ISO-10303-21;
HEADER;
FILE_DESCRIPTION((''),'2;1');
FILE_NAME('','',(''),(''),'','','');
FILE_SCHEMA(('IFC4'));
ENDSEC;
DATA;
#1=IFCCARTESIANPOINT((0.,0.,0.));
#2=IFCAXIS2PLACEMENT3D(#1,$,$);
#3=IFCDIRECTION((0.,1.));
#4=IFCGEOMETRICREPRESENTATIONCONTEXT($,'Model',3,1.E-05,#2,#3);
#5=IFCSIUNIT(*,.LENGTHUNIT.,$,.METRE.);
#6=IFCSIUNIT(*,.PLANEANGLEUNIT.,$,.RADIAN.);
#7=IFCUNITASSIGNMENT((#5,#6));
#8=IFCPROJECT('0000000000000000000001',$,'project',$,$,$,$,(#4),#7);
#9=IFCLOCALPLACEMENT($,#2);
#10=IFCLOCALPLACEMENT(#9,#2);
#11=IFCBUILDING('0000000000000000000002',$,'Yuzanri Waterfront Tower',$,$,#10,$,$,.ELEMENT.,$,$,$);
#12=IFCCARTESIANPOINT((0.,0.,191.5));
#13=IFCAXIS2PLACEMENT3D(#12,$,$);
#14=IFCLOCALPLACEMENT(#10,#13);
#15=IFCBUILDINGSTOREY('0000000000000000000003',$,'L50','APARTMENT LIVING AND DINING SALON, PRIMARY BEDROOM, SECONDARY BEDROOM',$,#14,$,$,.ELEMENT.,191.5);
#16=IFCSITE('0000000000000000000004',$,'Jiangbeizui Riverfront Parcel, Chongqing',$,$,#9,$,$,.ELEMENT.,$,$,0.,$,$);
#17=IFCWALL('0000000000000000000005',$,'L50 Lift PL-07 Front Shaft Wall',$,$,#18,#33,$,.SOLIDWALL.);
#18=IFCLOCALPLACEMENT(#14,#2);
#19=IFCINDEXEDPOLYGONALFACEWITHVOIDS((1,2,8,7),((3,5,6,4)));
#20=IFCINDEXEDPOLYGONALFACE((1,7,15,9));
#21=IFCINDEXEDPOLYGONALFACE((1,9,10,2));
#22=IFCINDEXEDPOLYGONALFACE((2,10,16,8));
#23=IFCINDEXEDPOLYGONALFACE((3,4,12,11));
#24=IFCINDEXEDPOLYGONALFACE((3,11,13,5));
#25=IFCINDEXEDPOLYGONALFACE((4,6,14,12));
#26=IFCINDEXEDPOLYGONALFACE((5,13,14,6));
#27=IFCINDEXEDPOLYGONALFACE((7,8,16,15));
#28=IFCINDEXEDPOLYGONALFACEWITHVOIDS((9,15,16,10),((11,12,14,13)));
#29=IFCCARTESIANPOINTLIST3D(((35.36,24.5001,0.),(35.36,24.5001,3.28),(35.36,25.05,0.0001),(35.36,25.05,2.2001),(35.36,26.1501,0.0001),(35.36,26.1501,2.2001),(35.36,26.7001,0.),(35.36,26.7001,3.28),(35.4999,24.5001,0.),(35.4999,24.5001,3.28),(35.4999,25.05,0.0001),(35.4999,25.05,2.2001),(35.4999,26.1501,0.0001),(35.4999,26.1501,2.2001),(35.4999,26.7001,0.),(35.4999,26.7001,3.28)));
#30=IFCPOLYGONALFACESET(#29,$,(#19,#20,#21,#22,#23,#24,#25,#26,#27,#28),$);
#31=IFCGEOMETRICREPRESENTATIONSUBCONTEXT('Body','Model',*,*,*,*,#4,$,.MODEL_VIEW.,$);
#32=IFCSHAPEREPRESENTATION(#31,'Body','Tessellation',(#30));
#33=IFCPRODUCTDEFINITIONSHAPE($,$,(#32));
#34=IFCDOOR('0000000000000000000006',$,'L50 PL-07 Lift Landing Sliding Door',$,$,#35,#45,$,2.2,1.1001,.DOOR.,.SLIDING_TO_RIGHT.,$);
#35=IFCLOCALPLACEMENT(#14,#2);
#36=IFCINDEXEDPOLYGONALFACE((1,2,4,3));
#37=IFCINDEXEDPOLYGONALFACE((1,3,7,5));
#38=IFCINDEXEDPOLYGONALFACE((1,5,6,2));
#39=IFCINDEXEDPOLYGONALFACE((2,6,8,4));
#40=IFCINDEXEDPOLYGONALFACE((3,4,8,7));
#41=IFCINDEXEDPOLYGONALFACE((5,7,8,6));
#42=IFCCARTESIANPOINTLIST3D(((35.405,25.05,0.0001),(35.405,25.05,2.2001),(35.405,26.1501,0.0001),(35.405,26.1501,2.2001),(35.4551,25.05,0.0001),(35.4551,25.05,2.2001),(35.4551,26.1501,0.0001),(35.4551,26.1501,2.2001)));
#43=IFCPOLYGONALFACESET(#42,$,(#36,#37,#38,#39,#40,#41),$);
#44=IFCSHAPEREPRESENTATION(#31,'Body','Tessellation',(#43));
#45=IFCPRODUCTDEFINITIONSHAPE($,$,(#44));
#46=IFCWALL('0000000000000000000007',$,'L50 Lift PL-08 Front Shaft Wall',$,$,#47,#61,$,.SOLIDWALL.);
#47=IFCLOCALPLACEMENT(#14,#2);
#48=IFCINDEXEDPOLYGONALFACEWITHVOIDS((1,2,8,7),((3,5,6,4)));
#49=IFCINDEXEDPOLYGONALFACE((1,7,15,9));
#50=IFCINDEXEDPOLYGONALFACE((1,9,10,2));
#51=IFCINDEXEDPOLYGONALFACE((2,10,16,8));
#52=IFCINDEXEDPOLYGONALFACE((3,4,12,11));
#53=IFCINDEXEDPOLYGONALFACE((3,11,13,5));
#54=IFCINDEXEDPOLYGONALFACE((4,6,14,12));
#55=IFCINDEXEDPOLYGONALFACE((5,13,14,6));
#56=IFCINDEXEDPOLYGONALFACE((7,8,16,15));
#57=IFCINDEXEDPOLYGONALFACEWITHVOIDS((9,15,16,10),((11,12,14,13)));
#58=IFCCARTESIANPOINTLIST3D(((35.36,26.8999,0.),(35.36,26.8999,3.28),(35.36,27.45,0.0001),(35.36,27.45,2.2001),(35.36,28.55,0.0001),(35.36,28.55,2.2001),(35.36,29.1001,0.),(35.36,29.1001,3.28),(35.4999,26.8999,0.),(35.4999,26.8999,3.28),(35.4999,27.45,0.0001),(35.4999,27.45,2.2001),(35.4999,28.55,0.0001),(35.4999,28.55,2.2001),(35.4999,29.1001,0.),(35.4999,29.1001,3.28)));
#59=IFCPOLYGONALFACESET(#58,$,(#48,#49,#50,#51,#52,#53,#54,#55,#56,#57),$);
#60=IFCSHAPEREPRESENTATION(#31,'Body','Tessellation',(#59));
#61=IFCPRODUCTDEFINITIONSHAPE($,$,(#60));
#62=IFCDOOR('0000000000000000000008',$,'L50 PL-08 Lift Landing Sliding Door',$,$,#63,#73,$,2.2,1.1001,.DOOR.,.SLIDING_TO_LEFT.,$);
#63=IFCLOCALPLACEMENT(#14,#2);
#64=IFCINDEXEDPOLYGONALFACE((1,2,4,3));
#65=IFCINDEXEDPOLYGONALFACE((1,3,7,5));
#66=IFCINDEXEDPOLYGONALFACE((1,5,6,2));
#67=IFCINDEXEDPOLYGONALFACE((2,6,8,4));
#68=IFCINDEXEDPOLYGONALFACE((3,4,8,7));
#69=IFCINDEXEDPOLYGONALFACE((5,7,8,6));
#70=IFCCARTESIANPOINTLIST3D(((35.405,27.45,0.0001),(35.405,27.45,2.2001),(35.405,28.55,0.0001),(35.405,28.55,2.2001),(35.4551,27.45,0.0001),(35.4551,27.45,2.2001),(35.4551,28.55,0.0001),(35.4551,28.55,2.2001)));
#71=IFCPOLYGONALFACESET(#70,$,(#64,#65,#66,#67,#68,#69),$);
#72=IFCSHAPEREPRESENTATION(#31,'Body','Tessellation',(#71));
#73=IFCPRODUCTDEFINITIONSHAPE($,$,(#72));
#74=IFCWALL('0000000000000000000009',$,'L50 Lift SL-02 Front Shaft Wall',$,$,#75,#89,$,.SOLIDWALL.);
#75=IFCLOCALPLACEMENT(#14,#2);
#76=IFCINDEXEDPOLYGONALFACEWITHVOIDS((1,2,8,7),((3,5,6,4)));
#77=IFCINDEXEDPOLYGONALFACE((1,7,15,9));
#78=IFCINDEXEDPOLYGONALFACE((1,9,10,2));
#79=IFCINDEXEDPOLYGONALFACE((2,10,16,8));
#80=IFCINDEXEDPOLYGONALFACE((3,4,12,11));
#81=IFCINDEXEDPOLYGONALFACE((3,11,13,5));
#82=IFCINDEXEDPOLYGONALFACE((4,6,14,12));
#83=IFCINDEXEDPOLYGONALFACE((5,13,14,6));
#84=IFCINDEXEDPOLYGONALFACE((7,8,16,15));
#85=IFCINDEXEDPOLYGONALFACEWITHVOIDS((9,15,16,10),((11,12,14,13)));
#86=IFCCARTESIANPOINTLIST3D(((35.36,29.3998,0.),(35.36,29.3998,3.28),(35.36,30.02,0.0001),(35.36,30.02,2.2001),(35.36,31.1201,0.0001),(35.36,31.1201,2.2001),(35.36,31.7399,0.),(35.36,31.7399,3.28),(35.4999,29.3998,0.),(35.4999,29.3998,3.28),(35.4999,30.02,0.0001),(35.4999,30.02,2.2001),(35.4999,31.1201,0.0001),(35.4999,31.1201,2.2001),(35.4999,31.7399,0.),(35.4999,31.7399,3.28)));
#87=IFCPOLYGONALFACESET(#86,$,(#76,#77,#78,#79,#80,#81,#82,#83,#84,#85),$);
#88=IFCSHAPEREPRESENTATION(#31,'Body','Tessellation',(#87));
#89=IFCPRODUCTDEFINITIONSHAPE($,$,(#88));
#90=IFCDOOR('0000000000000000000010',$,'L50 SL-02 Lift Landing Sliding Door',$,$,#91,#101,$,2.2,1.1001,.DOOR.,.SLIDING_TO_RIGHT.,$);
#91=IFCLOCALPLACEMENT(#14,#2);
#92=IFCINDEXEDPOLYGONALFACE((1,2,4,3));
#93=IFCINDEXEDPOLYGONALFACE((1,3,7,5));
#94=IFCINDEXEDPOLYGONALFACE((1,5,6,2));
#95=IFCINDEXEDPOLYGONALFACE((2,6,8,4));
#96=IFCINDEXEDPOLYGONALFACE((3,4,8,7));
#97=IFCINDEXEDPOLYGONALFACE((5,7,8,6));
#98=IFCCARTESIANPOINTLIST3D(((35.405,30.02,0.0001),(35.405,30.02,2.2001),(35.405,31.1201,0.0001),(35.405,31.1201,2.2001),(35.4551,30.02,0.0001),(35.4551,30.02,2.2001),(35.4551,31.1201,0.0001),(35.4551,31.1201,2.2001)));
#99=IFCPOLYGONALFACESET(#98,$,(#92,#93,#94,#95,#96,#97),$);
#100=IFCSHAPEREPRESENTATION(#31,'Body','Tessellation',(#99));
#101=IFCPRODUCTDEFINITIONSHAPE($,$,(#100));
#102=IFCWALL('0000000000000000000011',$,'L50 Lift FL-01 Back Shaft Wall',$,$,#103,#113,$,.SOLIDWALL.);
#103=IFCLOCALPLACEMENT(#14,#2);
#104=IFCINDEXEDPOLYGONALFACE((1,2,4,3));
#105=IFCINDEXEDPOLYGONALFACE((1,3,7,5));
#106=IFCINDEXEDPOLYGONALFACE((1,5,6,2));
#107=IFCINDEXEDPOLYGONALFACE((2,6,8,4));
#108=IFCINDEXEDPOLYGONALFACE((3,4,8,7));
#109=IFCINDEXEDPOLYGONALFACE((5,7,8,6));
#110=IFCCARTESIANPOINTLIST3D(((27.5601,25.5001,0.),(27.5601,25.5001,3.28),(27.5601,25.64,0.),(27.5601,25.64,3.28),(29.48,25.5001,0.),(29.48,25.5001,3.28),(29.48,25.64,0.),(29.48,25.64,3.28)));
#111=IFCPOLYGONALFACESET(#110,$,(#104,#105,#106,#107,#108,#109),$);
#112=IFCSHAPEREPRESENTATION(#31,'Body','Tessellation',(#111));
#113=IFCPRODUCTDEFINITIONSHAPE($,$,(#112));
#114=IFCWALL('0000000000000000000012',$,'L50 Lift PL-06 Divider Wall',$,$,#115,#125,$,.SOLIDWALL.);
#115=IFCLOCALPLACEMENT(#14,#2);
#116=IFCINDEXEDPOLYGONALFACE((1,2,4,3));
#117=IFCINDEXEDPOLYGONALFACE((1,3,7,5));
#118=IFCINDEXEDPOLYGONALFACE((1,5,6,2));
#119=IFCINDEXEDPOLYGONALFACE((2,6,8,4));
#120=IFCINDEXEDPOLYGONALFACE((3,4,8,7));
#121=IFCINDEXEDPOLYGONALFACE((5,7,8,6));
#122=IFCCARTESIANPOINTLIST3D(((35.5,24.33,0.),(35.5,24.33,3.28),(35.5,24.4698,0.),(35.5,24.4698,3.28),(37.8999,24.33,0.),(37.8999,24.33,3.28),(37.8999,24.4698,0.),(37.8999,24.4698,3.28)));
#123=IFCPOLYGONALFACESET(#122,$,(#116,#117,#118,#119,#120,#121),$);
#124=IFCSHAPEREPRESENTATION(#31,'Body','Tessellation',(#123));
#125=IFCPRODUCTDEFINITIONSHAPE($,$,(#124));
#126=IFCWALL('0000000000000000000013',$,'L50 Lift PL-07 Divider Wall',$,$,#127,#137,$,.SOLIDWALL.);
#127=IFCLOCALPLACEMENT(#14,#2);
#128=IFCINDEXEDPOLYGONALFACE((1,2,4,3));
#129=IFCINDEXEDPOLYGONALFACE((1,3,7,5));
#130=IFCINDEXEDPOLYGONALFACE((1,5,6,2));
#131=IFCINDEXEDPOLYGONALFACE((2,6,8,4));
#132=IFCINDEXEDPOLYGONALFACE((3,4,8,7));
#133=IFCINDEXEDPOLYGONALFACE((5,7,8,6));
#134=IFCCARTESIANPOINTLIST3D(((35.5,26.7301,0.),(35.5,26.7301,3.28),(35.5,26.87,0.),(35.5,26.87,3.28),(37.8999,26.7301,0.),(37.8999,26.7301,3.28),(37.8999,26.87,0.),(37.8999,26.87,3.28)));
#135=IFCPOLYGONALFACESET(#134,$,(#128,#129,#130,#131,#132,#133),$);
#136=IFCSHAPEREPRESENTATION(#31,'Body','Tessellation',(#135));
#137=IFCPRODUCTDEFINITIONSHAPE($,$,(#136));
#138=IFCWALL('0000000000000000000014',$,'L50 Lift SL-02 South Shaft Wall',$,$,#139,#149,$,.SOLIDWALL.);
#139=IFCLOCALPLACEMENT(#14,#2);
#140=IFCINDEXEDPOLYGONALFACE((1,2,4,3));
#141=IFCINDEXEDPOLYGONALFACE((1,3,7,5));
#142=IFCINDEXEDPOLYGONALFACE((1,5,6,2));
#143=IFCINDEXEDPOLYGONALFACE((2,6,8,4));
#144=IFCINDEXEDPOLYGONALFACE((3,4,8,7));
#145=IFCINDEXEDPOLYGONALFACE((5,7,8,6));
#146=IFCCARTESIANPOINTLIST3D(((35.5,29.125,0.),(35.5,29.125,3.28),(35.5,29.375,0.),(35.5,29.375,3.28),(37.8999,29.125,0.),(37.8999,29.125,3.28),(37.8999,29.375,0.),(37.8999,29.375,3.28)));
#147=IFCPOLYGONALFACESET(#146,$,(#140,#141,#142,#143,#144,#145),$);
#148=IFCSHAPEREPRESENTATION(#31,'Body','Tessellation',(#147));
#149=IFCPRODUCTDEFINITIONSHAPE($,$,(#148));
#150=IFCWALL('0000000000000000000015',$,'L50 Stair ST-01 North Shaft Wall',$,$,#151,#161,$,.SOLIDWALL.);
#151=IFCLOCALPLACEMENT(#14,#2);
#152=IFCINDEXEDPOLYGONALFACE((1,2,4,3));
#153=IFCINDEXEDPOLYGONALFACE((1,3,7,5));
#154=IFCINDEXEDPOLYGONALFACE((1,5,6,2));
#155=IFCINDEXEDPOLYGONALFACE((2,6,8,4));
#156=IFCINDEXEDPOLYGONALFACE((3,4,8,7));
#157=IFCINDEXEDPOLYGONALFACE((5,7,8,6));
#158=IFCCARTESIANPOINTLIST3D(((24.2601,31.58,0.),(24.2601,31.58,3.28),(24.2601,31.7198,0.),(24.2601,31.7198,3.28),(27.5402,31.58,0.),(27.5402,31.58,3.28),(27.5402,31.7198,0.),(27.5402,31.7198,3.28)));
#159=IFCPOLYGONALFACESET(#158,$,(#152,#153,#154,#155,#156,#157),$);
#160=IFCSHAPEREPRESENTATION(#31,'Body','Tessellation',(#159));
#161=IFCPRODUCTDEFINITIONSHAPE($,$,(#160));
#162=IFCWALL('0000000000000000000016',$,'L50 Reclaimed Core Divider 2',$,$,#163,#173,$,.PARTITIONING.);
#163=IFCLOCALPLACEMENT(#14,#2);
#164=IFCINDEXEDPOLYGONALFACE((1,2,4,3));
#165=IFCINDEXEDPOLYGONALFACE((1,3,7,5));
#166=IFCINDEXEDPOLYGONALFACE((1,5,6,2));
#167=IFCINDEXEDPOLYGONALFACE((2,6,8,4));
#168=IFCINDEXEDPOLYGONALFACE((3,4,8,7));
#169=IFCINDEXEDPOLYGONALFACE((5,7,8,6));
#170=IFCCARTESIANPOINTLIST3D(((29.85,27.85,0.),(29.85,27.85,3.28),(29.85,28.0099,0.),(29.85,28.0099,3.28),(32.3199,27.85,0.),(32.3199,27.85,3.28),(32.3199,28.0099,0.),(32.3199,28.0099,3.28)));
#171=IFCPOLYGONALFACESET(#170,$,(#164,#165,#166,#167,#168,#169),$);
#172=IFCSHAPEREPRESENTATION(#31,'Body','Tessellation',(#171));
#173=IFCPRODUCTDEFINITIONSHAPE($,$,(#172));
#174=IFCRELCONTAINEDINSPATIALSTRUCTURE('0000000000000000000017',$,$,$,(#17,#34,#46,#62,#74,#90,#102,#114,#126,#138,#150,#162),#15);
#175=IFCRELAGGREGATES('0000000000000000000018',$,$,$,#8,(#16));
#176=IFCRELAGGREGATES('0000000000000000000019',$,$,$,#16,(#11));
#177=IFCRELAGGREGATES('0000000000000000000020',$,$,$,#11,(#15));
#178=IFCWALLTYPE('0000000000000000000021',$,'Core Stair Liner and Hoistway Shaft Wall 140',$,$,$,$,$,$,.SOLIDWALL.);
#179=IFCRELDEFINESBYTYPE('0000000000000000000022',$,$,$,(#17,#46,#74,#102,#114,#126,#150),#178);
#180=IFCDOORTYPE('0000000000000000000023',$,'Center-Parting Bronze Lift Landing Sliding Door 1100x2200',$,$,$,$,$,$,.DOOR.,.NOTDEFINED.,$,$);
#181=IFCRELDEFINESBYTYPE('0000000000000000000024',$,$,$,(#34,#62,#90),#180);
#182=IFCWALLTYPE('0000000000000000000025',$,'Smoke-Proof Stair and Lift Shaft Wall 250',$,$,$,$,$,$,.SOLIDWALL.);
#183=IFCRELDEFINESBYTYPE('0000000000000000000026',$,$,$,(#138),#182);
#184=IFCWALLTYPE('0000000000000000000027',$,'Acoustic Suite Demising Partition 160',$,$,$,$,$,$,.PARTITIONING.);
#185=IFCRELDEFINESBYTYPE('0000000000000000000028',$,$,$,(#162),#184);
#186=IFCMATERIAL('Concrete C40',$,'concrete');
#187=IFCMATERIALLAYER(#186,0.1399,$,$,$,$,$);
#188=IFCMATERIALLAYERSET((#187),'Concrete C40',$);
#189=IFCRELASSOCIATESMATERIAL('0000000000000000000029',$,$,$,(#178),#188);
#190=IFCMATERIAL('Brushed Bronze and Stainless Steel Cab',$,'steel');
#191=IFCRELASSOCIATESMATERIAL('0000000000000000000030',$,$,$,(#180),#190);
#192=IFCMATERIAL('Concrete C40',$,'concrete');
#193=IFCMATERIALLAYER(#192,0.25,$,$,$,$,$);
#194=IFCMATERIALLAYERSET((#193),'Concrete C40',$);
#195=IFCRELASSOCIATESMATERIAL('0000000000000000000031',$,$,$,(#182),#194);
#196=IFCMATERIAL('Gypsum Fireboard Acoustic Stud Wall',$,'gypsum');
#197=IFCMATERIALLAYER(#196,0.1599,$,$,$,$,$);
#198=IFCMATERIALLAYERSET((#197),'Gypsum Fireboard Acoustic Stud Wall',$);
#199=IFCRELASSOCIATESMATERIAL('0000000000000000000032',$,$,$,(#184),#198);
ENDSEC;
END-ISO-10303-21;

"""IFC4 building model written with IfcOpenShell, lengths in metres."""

from ifc_helpers import new_model, si_unit, direction, frame, frame_2d, origin, place, context, subcontext, project, spatial, rectangle, extrude, source, transform, mapped, material, layer, layer_set, type_object, element, fill, save


model = new_model("IFC4")

# Units and contexts
model_context = context("Model", 3, precision=1e-05, world=origin(), true_north=direction((0.0, 1.0)))
body_context = subcontext(model_context, "Body", "Model", "MODEL_VIEW")
ifc_project = project(units=[si_unit("LENGTHUNIT", "METRE"), si_unit("PLANEANGLEUNIT", "RADIAN")], contexts=[model_context])

# Site, building, storey
site_placement = place(None, origin())
site = spatial("IfcSite", under=ifc_project, at=site_placement, Name="Jiangbeizui Riverfront Parcel, Chongqing", CompositionType="ELEMENT", RefElevation=0.0)
building_placement = place(site_placement, origin())
building = spatial("IfcBuilding", under=site, at=building_placement, Name="Yuzanri Waterfront Tower", CompositionType="ELEMENT")
storey_placement = place(building_placement, frame((0.0, 0.0, 191.5)))
storey = spatial("IfcBuildingStorey", under=building, at=storey_placement, Name="L50", Description="APARTMENT LIVING AND DINING SALON, PRIMARY BEDROOM, SECONDARY BEDROOM", CompositionType="ELEMENT", Elevation=191.5)

# Walls, openings, doors
ifc_material_1 = material(Name="Concrete C40", Category="concrete")
ifc_layer_1 = layer(ifc_material_1, 0.1399)
ifc_layer_set_1 = layer_set([ifc_layer_1], Name="Concrete C40")
wall_type_1 = type_object("IfcWallType", Name="Core Stair Liner and Hoistway Shaft Wall 140", PredefinedType="SOLIDWALL", material=ifc_layer_set_1)
wall_1_placement = place(storey_placement, frame((35.4299, 24.5, 0.0), z_axis=(0.0, 0.0, 1.0), x_axis=(0.0, 1.0, 0.0)))
wall_1 = element("IfcWall", 1, at=wall_1_placement, inside=storey, type_object=wall_type_1, Name="L50 Lift PL-07 Front Shaft Wall", PredefinedType="SOLIDWALL", context=body_context, shape_type="SweptSolid", body=[
    extrude(rectangle(XDim=2.2, YDim=0.1399, at=frame_2d((1.1001, 0.0))), origin(), (0.0, 0.0, 1.0), 3.28),
])
opening_1_placement = place(wall_1_placement, frame((0.55, 0.0, 0.0)))
opening_1 = element("IfcOpeningElement", 2, at=opening_1_placement, cuts=wall_1, PredefinedType="OPENING", context=body_context, shape_type="SweptSolid", body=[
    extrude(rectangle(XDim=1.1001, YDim=2.2, at=frame_2d((0.55, 1.1001))), frame((0.0, 0.085, 0.0), z_axis=(0.0, -1.0, 0.0), x_axis=(1.0, 0.0, 0.0)), (0.0, 0.0, 1.0), 0.1697),
])
ifc_material_2 = material(Name="Brushed Bronze and Stainless Steel Cab", Category="steel")
door_type_1 = type_object("IfcDoorType", Name="Center-Parting Bronze Lift Landing Sliding Door 1100x2200", OperationType="NOTDEFINED", PredefinedType="DOOR", material=ifc_material_2)
shared_shape_1 = source(origin(), body_context, "Body", "SweptSolid", [
    extrude(rectangle(XDim=1.1001, YDim=2.2, at=frame_2d((0.55, 1.1001))), frame((0.0, 0.0249, 0.0), z_axis=(0.0, -1.0, 0.0), x_axis=(1.0, 0.0, 0.0)), (0.0, 0.0, 1.0), 0.05),
])
door_1_placement = place(opening_1_placement, origin())
door_1 = element("IfcDoor", 3, at=door_1_placement, inside=storey, type_object=door_type_1, Name="L50 PL-07 Lift Landing Sliding Door", OperationType="SLIDING_TO_RIGHT", OverallHeight=2.2, OverallWidth=1.1001, PredefinedType="DOOR", context=body_context, shape_type="MappedRepresentation", body=[
    mapped(shared_shape_1, transform((0.0, 0.0, 0.0), scale=1.0)),
])
fill(opening_1, door_1)
wall_2_placement = place(storey_placement, frame((35.4299, 26.8999, 0.0), z_axis=(0.0, 0.0, 1.0), x_axis=(0.0, 1.0, 0.0)))
wall_2 = element("IfcWall", 4, at=wall_2_placement, inside=storey, type_object=wall_type_1, Name="L50 Lift PL-08 Front Shaft Wall", PredefinedType="SOLIDWALL", context=body_context, shape_type="SweptSolid", body=[
    extrude(rectangle(XDim=2.2002, YDim=0.1399, at=frame_2d((1.1001, 0.0))), origin(), (0.0, 0.0, 1.0), 3.28),
])
opening_2_placement = place(wall_2_placement, frame((0.55, 0.0, 0.0)))
opening_2 = element("IfcOpeningElement", 5, at=opening_2_placement, cuts=wall_2, PredefinedType="OPENING", context=body_context, shape_type="SweptSolid", body=[
    extrude(rectangle(XDim=1.1001, YDim=2.2, at=frame_2d((0.55, 1.1001))), frame((0.0, 0.085, 0.0), z_axis=(0.0, -1.0, 0.0), x_axis=(1.0, 0.0, 0.0)), (0.0, 0.0, 1.0), 0.1697),
])
door_2_placement = place(opening_2_placement, origin())
door_2 = element("IfcDoor", 6, at=door_2_placement, inside=storey, type_object=door_type_1, Name="L50 PL-08 Lift Landing Sliding Door", OperationType="SLIDING_TO_LEFT", OverallHeight=2.2, OverallWidth=1.1001, PredefinedType="DOOR", context=body_context, shape_type="MappedRepresentation", body=[
    mapped(shared_shape_1, transform((0.0, 0.0, 0.0), scale=1.0)),
])
fill(opening_2, door_2)
wall_3_placement = place(storey_placement, frame((35.4299, 29.3999, 0.0), z_axis=(0.0, 0.0, 1.0), x_axis=(0.0, 1.0, 0.0)))
wall_3 = element("IfcWall", 7, at=wall_3_placement, inside=storey, type_object=wall_type_1, Name="L50 Lift SL-02 Front Shaft Wall", PredefinedType="SOLIDWALL", context=body_context, shape_type="SweptSolid", body=[
    extrude(rectangle(XDim=2.3401, YDim=0.1399, at=frame_2d((1.1699, 0.0))), origin(), (0.0, 0.0, 1.0), 3.28),
])
opening_3_placement = place(wall_3_placement, frame((0.6201, 0.0, 0.0)))
opening_3 = element("IfcOpeningElement", 8, at=opening_3_placement, cuts=wall_3, PredefinedType="OPENING", context=body_context, shape_type="SweptSolid", body=[
    extrude(rectangle(XDim=1.1001, YDim=2.2, at=frame_2d((0.55, 1.1001))), frame((0.0, 0.085, 0.0), z_axis=(0.0, -1.0, 0.0), x_axis=(1.0, 0.0, 0.0)), (0.0, 0.0, 1.0), 0.1697),
])
door_3_placement = place(opening_3_placement, origin())
door_3 = element("IfcDoor", 9, at=door_3_placement, inside=storey, type_object=door_type_1, Name="L50 SL-02 Lift Landing Sliding Door", OperationType="SLIDING_TO_RIGHT", OverallHeight=2.2, OverallWidth=1.1001, PredefinedType="DOOR", context=body_context, shape_type="MappedRepresentation", body=[
    mapped(shared_shape_1, transform((0.0, 0.0, 0.0), scale=1.0)),
])
fill(opening_3, door_3)

# Walls
shared_shape_2 = source(origin(), body_context, "Body", "SweptSolid", [
    extrude(rectangle(XDim=1.9199, YDim=0.1399, at=frame_2d((0.96, 0.0))), origin(), (0.0, 0.0, 1.0), 3.28),
])
wall_4_placement = place(storey_placement, frame((27.5601, 25.5701, 0.0), z_axis=(0.0, 0.0, 1.0), x_axis=(1.0, 0.0, 0.0)))
element("IfcWall", 10, at=wall_4_placement, inside=storey, type_object=wall_type_1, Name="L50 Lift FL-01 Back Shaft Wall", PredefinedType="SOLIDWALL", context=body_context, shape_type="MappedRepresentation", body=[
    mapped(shared_shape_2, transform((0.0, 0.0, 0.0), scale=1.0)),
])
shared_shape_3 = source(origin(), body_context, "Body", "SweptSolid", [
    extrude(rectangle(XDim=2.3999, YDim=0.1399, at=frame_2d((1.2, 0.0))), origin(), (0.0, 0.0, 1.0), 3.28),
])
for number, where, z_axis, x_axis, name in (
    (11, (35.5, 24.3999, 0.0), (0.0, 0.0, 1.0), (1.0, 0.0, 0.0), "L50 Lift PL-06 Divider Wall"),
    (12, (35.5, 26.8, 0.0), (0.0, 0.0, 1.0), (1.0, 0.0, 0.0), "L50 Lift PL-07 Divider Wall"),
):
    element("IfcWall", number, at=place(storey_placement, frame(where, z_axis=z_axis, x_axis=x_axis)), inside=storey, type_object=wall_type_1, Name=name, PredefinedType="SOLIDWALL", context=body_context, shape_type="MappedRepresentation", body=[
        mapped(shared_shape_3, transform((0.0, 0.0, 0.0), scale=1.0)),
    ])
ifc_material_3 = material(Name="Concrete C40", Category="concrete")
ifc_layer_2 = layer(ifc_material_3, 0.25)
ifc_layer_set_2 = layer_set([ifc_layer_2], Name="Concrete C40")
wall_type_2 = type_object("IfcWallType", Name="Smoke-Proof Stair and Lift Shaft Wall 250", PredefinedType="SOLIDWALL", material=ifc_layer_set_2)
shared_shape_4 = source(origin(), body_context, "Body", "SweptSolid", [
    extrude(rectangle(XDim=2.3999, YDim=0.25, at=frame_2d((1.2, 0.0))), origin(), (0.0, 0.0, 1.0), 3.28),
])
wall_5_placement = place(storey_placement, frame((35.5, 29.25, 0.0), z_axis=(0.0, 0.0, 1.0), x_axis=(1.0, 0.0, 0.0)))
element("IfcWall", 13, at=wall_5_placement, inside=storey, type_object=wall_type_2, Name="L50 Lift SL-02 South Shaft Wall", PredefinedType="SOLIDWALL", context=body_context, shape_type="MappedRepresentation", body=[
    mapped(shared_shape_4, transform((0.0, 0.0, 0.0), scale=1.0)),
])
shared_shape_5 = source(origin(), body_context, "Body", "SweptSolid", [
    extrude(rectangle(XDim=3.28, YDim=0.1399, at=frame_2d((1.6401, 0.0))), origin(), (0.0, 0.0, 1.0), 3.28),
])
wall_6_placement = place(storey_placement, frame((24.26, 31.6499, 0.0), z_axis=(0.0, 0.0, 1.0), x_axis=(1.0, 0.0, 0.0)))
element("IfcWall", 14, at=wall_6_placement, inside=storey, type_object=wall_type_1, Name="L50 Stair ST-01 North Shaft Wall", PredefinedType="SOLIDWALL", context=body_context, shape_type="MappedRepresentation", body=[
    mapped(shared_shape_5, transform((0.0, 0.0, 0.0), scale=1.0)),
])
ifc_material_4 = material(Name="Gypsum Fireboard Acoustic Stud Wall", Category="gypsum")
ifc_layer_3 = layer(ifc_material_4, 0.1599)
ifc_layer_set_3 = layer_set([ifc_layer_3], Name="Gypsum Fireboard Acoustic Stud Wall")
wall_type_3 = type_object("IfcWallType", Name="Acoustic Suite Demising Partition 160", PredefinedType="PARTITIONING", material=ifc_layer_set_3)
shared_shape_6 = source(origin(), body_context, "Body", "SweptSolid", [
    extrude(rectangle(XDim=2.47, YDim=0.1599, at=frame_2d((1.2349, 0.0))), origin(), (0.0, 0.0, 1.0), 3.28),
])
wall_7_placement = place(storey_placement, frame((29.8501, 27.9299, 0.0), z_axis=(0.0, 0.0, 1.0), x_axis=(1.0, 0.0, 0.0)))
element("IfcWall", 15, at=wall_7_placement, inside=storey, type_object=wall_type_3, Name="L50 Reclaimed Core Divider 2", PredefinedType="PARTITIONING", context=body_context, shape_type="MappedRepresentation", body=[
    mapped(shared_shape_6, transform((0.0, 0.0, 0.0), scale=1.0)),
])

save(model, "model.ifc")
